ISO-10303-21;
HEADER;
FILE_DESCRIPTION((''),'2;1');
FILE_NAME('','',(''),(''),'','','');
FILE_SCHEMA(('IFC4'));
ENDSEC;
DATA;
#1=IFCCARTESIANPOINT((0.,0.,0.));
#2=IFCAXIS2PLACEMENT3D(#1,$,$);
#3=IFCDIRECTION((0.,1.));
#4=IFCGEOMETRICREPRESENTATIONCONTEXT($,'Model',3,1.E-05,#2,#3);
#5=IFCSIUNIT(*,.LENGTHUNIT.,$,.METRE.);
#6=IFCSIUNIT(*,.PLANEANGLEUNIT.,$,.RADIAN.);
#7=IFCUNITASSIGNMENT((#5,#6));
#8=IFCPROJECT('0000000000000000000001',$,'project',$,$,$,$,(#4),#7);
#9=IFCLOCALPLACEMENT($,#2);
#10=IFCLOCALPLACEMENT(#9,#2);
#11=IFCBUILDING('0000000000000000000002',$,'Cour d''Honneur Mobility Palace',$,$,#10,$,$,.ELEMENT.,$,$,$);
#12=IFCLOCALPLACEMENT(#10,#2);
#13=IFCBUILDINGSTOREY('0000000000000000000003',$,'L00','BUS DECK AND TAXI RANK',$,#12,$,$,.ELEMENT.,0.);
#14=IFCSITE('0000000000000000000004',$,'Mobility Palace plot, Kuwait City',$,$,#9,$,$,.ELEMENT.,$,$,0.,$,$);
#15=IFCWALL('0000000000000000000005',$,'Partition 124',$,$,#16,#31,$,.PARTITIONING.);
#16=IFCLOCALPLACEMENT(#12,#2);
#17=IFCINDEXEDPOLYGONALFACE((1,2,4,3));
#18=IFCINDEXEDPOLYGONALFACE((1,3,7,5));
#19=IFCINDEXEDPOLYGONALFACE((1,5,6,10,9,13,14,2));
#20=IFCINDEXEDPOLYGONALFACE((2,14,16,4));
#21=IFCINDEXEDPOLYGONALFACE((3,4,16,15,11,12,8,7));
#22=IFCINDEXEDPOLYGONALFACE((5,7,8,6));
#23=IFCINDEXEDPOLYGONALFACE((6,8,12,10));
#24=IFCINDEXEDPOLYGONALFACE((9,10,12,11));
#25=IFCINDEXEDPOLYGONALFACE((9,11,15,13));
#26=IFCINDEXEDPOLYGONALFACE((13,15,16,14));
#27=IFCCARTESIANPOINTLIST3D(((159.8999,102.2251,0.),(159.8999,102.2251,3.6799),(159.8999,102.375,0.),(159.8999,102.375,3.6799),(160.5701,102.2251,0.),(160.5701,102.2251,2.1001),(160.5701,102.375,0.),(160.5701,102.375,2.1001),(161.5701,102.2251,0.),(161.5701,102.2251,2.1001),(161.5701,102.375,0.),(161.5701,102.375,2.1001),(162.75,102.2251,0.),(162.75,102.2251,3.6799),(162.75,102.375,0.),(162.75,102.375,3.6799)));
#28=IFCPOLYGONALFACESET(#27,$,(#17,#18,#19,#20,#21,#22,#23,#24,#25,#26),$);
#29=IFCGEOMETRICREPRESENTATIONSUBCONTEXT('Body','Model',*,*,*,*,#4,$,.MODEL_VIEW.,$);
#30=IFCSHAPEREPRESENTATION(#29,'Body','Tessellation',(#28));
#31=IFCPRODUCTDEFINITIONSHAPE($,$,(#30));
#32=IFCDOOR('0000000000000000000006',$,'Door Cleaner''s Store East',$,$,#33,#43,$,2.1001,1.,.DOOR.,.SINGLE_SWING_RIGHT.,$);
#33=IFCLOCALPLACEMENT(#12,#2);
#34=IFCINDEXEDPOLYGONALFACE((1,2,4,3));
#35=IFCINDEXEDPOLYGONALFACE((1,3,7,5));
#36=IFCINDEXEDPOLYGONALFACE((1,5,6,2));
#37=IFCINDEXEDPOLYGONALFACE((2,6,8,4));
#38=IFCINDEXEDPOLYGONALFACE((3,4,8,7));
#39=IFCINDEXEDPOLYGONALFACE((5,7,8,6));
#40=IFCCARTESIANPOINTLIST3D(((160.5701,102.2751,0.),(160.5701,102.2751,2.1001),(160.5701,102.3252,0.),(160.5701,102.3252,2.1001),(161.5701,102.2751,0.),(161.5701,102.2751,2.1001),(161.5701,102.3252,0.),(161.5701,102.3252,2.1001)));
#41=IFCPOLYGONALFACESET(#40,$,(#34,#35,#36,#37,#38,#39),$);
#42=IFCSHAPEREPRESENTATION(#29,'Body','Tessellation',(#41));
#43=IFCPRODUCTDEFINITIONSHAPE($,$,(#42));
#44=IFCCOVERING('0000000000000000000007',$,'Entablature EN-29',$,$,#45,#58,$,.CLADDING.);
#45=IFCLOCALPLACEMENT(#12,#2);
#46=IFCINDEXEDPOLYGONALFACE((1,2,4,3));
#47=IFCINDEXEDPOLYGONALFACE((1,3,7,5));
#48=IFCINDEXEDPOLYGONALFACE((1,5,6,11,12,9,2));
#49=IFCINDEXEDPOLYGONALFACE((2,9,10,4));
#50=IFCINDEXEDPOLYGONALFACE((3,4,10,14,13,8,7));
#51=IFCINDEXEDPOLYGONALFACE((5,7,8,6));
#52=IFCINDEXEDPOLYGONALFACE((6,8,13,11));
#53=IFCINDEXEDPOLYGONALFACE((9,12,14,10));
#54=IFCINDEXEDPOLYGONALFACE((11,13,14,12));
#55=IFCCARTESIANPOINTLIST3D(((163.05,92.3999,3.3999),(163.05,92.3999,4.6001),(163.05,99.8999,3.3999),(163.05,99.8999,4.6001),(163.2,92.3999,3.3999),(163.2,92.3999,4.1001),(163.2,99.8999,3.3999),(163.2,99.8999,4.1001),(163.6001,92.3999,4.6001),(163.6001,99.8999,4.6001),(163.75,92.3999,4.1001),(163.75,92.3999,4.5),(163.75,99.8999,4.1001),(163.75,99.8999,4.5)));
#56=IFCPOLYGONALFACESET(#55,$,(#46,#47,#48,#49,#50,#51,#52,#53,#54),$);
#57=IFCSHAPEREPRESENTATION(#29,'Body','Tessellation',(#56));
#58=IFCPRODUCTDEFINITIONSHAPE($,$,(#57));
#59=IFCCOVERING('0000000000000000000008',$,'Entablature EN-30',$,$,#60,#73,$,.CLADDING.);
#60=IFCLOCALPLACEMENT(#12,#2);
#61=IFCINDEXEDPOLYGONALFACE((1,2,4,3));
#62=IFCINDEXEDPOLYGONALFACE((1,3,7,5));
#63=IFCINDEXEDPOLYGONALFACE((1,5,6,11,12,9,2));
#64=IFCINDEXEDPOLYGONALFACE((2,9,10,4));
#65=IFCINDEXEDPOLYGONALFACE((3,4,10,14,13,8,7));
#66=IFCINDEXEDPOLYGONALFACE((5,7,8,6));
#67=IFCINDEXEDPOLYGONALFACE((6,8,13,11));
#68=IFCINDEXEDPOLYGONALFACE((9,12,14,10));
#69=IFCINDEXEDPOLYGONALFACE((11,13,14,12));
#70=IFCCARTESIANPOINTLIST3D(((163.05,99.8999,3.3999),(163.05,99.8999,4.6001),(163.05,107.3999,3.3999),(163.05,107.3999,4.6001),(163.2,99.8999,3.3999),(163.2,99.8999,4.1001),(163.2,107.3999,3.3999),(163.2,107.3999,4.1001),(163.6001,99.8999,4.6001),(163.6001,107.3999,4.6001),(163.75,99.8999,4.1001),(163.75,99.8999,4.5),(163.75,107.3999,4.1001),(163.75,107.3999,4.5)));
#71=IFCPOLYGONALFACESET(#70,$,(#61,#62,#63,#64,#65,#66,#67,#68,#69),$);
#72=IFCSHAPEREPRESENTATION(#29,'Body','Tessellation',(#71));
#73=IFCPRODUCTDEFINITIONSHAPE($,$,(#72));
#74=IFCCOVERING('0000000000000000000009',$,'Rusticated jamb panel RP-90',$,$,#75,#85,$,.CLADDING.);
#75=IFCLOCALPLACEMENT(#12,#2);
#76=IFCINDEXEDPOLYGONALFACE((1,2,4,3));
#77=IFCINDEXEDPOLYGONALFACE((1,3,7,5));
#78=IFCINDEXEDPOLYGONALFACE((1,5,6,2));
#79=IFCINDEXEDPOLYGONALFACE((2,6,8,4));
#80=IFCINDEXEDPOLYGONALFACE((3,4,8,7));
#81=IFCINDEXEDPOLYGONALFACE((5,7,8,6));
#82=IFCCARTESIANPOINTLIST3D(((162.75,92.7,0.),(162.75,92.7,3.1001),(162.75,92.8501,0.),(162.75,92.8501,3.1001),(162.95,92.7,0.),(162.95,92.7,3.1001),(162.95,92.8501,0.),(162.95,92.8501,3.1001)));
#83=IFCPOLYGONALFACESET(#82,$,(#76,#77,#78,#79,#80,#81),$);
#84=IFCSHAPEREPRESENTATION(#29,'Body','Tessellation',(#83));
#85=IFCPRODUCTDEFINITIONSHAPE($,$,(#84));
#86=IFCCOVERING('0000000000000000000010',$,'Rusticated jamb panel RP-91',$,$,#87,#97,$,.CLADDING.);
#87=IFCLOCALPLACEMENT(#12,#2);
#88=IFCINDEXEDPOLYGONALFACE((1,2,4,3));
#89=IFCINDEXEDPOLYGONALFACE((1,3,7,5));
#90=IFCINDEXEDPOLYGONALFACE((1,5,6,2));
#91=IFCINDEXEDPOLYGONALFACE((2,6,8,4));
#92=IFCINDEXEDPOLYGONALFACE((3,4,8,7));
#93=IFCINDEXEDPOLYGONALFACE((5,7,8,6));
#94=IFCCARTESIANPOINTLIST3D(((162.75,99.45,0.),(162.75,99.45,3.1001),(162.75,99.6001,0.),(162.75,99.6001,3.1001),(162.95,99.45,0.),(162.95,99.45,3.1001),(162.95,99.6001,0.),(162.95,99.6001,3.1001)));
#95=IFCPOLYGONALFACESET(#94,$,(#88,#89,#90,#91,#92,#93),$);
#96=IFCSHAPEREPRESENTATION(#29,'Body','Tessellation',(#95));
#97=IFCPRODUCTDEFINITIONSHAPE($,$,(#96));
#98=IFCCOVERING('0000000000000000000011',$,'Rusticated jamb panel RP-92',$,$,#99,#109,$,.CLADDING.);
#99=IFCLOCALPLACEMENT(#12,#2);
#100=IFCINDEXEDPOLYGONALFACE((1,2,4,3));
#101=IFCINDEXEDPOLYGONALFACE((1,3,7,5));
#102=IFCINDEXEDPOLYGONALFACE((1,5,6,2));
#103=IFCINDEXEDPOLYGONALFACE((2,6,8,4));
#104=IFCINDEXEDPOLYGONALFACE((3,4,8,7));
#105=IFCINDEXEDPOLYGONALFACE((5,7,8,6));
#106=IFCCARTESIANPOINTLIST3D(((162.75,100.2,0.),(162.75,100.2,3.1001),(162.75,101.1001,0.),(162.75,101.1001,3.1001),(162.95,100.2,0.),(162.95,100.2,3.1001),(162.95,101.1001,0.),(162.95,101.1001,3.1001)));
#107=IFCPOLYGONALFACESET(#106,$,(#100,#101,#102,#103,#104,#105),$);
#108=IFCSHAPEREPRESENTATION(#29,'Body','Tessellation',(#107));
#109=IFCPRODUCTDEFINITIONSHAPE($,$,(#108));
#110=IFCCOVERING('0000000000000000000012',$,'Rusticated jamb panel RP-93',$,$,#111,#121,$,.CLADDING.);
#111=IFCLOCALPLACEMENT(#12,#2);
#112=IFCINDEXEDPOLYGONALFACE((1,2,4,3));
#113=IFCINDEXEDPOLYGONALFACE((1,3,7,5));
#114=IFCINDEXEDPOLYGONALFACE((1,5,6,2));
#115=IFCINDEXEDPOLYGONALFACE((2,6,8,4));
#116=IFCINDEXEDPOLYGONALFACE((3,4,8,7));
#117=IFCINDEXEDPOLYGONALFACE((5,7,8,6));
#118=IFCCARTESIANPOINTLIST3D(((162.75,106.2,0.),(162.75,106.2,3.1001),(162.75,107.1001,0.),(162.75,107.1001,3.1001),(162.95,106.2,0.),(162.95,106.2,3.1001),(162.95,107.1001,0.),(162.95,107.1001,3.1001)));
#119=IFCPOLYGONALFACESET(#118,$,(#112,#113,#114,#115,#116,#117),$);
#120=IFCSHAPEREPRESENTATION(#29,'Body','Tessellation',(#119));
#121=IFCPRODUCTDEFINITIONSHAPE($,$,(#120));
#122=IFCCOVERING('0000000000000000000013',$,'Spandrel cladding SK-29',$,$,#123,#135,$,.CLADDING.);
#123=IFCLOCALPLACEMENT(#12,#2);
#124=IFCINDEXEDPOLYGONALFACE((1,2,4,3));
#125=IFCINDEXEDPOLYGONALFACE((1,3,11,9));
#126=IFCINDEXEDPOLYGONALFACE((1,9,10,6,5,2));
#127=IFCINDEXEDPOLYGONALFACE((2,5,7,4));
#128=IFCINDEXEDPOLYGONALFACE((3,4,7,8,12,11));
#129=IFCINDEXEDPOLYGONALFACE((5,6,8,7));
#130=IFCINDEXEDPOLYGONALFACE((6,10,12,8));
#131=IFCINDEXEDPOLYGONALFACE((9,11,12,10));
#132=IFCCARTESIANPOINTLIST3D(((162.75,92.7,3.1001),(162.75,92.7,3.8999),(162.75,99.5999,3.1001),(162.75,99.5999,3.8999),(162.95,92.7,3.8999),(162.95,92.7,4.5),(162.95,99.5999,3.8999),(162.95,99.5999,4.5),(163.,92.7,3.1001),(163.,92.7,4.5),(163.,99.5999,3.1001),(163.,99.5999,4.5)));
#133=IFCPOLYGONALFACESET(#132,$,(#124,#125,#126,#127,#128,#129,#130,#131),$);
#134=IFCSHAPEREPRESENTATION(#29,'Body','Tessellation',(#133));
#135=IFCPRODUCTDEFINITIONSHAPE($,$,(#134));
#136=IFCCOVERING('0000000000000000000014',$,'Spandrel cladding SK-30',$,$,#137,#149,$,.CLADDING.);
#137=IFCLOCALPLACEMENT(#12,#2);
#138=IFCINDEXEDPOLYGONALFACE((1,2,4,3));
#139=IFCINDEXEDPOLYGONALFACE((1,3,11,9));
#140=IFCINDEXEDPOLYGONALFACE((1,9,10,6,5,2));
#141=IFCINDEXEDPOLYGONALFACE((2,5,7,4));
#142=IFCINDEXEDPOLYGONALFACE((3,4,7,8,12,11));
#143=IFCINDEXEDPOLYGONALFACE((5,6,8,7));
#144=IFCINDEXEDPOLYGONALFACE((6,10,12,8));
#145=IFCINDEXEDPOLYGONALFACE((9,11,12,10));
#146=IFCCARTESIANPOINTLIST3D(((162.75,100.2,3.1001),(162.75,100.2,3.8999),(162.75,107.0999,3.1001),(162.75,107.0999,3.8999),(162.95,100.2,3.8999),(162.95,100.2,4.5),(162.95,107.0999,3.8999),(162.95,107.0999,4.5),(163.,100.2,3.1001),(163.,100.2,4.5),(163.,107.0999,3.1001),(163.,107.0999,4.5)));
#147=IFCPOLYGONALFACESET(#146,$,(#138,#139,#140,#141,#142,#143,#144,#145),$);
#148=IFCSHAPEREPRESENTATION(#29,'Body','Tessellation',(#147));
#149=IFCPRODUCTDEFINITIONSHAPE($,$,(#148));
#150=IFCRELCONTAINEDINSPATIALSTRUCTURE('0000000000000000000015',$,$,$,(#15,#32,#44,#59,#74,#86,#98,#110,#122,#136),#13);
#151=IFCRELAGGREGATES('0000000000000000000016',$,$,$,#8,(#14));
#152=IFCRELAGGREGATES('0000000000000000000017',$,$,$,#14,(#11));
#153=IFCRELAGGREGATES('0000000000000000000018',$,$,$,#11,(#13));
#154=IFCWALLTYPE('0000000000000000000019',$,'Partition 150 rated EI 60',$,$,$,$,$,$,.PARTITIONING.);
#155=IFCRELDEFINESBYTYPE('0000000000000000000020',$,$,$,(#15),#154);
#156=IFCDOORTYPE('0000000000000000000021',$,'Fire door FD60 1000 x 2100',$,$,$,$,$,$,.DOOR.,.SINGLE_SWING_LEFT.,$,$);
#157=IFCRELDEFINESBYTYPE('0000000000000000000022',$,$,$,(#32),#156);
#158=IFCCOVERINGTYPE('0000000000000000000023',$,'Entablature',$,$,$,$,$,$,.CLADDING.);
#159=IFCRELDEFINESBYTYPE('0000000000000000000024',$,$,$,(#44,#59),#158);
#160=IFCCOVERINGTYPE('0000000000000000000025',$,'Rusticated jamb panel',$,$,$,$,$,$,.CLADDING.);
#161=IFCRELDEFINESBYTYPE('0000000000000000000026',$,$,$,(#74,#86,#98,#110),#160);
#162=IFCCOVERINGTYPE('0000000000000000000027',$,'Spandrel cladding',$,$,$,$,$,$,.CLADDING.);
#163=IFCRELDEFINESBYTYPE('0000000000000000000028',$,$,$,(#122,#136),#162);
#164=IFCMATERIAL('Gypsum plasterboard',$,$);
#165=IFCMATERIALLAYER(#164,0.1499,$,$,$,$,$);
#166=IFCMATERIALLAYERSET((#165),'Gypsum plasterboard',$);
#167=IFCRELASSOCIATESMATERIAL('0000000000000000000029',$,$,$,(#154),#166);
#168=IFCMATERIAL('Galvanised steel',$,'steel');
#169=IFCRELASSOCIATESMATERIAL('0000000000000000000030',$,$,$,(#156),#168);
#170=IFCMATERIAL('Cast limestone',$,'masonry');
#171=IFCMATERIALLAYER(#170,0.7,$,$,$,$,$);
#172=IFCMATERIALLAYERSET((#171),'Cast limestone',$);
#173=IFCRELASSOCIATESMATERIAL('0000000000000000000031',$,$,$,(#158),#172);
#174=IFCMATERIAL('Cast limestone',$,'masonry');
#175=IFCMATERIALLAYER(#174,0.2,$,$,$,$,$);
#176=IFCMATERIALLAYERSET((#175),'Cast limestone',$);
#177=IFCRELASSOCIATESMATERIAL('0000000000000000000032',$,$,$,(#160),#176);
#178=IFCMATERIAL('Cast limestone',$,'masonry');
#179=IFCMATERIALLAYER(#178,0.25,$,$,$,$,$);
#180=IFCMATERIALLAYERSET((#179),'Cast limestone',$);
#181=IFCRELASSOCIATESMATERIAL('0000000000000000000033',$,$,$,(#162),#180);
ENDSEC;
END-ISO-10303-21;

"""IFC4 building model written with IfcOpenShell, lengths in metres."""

from ifc_helpers import new_model, si_unit, direction, frame, frame_2d, origin, place, context, subcontext, project, spatial, polyline, rectangle, outline, extrude, material, layer, layer_set, type_object, element, fill, save


model = new_model("IFC4")

# Units and contexts
model_context = context("Model", 3, precision=1e-05, world=origin(), true_north=direction((0.0, 1.0)))
body_context = subcontext(model_context, "Body", "Model", "MODEL_VIEW")
ifc_project = project(units=[si_unit("LENGTHUNIT", "METRE"), si_unit("PLANEANGLEUNIT", "RADIAN")], contexts=[model_context])

# Site, building, storey
site_placement = place(None, origin())
site = spatial("IfcSite", under=ifc_project, at=site_placement, Name="Mobility Palace plot, Kuwait City", CompositionType="ELEMENT", RefElevation=0.0)
building_placement = place(site_placement, origin())
building = spatial("IfcBuilding", under=site, at=building_placement, Name="Cour d'Honneur Mobility Palace", CompositionType="ELEMENT")
storey_placement = place(building_placement, origin())
storey = spatial("IfcBuildingStorey", under=building, at=storey_placement, Name="L00", Description="BUS DECK AND TAXI RANK", CompositionType="ELEMENT", Elevation=0.0)

# Wall, opening, door
ifc_material_1 = material(Name="Gypsum plasterboard")
ifc_layer_1 = layer(ifc_material_1, 0.1499)
ifc_layer_set_1 = layer_set([ifc_layer_1], Name="Gypsum plasterboard")
wall_type_1 = type_object("IfcWallType", Name="Partition 150 rated EI 60", PredefinedType="PARTITIONING", material=ifc_layer_set_1)
wall_1_placement = place(storey_placement, frame((162.75, 102.3, 0.0), z_axis=(0.0, 0.0, 1.0), x_axis=(-1.0, 0.0, 0.0)))
wall_1 = element("IfcWall", 1, at=wall_1_placement, inside=storey, type_object=wall_type_1, Name="Partition 124", PredefinedType="PARTITIONING", context=body_context, shape_type="SweptSolid", body=[
    extrude(rectangle(XDim=2.8501, YDim=0.1499, at=frame_2d((1.425, 0.0))), origin(), (0.0, 0.0, 1.0), 3.6799),
])
opening_1_placement = place(wall_1_placement, frame((1.1799, 0.0, 0.0)))
opening_1 = element("IfcOpeningElement", 2, at=opening_1_placement, cuts=wall_1, PredefinedType="OPENING", context=body_context, shape_type="SweptSolid", body=[
    extrude(rectangle(XDim=1.0, YDim=2.1001, at=frame_2d((0.5, 1.05))), frame((0.0, 0.085, 0.0), z_axis=(0.0, -1.0, 0.0), x_axis=(1.0, 0.0, 0.0)), (0.0, 0.0, 1.0), 0.1699),
])
ifc_material_2 = material(Name="Galvanised steel", Category="steel")
door_type_1 = type_object("IfcDoorType", Name="Fire door FD60 1000 x 2100", OperationType="SINGLE_SWING_LEFT", PredefinedType="DOOR", material=ifc_material_2)
door_1_placement = place(opening_1_placement, origin())
door_1 = element("IfcDoor", 3, at=door_1_placement, inside=storey, type_object=door_type_1, Name="Door Cleaner's Store East", OperationType="SINGLE_SWING_RIGHT", OverallHeight=2.1001, OverallWidth=1.0, PredefinedType="DOOR", context=body_context, shape_type="SweptSolid", body=[
    extrude(rectangle(XDim=1.0, YDim=2.1001, at=frame_2d((0.5, 1.05))), frame((0.0, 0.0249, 0.0), z_axis=(0.0, -1.0, 0.0), x_axis=(1.0, 0.0, 0.0)), (0.0, 0.0, 1.0), 0.05),
])
fill(opening_1, door_1)

# Coverings
ifc_material_3 = material(Name="Cast limestone", Category="masonry")
ifc_layer_2 = layer(ifc_material_3, 0.7)
ifc_layer_set_2 = layer_set([ifc_layer_2], Name="Cast limestone")
covering_type_1 = type_object("IfcCoveringType", Name="Entablature", PredefinedType="CLADDING", material=ifc_layer_set_2)
for number, where, z_axis, x_axis, name in (
    (4, (163.05, 92.3999, 3.3999), (0.0, -1.0, 0.0), (1.0, 0.0, 0.0), "Entablature EN-29"),
    (5, (163.05, 99.8999, 3.3999), (0.0, -1.0, 0.0), (1.0, 0.0, 0.0), "Entablature EN-30"),
):
    element("IfcCovering", number, at=place(storey_placement, frame(where, z_axis=z_axis, x_axis=x_axis)), inside=storey, type_object=covering_type_1, Name=name, PredefinedType="CLADDING", context=body_context, shape_type="SweptSolid", body=[
        extrude(outline(polyline([(0.0, 0.0), (0.1499, 0.0), (0.1499, 0.7002), (0.7, 0.7002), (0.7, 1.1001), (0.55, 1.2002), (0.0, 1.2002), (0.0, 0.0)])), origin(), (0.0, 0.0, -1.0), 7.5),
    ])
ifc_material_4 = material(Name="Cast limestone", Category="masonry")
ifc_layer_3 = layer(ifc_material_4, 0.2)
ifc_layer_set_3 = layer_set([ifc_layer_3], Name="Cast limestone")
covering_type_2 = type_object("IfcCoveringType", Name="Rusticated jamb panel", PredefinedType="CLADDING", material=ifc_layer_set_3)
for number, where, z_axis, x_axis, name in (
    (6, (162.95, 92.7, 0.0), (1.0, 0.0, 0.0), (0.0, 1.0, 0.0), "Rusticated jamb panel RP-90"),
    (7, (162.95, 99.45, 0.0), (1.0, 0.0, 0.0), (0.0, 1.0, 0.0), "Rusticated jamb panel RP-91"),
):
    element("IfcCovering", number, at=place(storey_placement, frame(where, z_axis=z_axis, x_axis=x_axis)), inside=storey, type_object=covering_type_2, Name=name, PredefinedType="CLADDING", context=body_context, shape_type="SweptSolid", body=[
        extrude(outline(polyline([(0.0, 0.0), (0.1501, 0.0), (0.1501, 3.1001), (0.0, 3.1001), (0.0, 0.0)])), origin(), (0.0, 0.0, -1.0), 0.2),
    ])
for number, where, z_axis, x_axis, name in (
    (8, (162.95, 100.2, 0.0), (1.0, 0.0, 0.0), (0.0, 1.0, 0.0), "Rusticated jamb panel RP-92"),
    (9, (162.95, 106.2, 0.0), (1.0, 0.0, 0.0), (0.0, 1.0, 0.0), "Rusticated jamb panel RP-93"),
):
    element("IfcCovering", number, at=place(storey_placement, frame(where, z_axis=z_axis, x_axis=x_axis)), inside=storey, type_object=covering_type_2, Name=name, PredefinedType="CLADDING", context=body_context, shape_type="SweptSolid", body=[
        extrude(outline(polyline([(0.0, 0.0), (0.9001, 0.0), (0.9001, 3.1001), (0.0, 3.1001), (0.0, 0.0)])), origin(), (0.0, 0.0, -1.0), 0.2),
    ])
ifc_material_5 = material(Name="Cast limestone", Category="masonry")
ifc_layer_4 = layer(ifc_material_5, 0.25)
ifc_layer_set_4 = layer_set([ifc_layer_4], Name="Cast limestone")
covering_type_3 = type_object("IfcCoveringType", Name="Spandrel cladding", PredefinedType="CLADDING", material=ifc_layer_set_4)
for number, where, z_axis, x_axis, name in (
    (10, (162.75, 92.7, 3.1001), (0.0, -1.0, 0.0), (1.0, 0.0, 0.0), "Spandrel cladding SK-29"),
    (11, (162.75, 100.2, 3.1001), (0.0, -1.0, 0.0), (1.0, 0.0, 0.0), "Spandrel cladding SK-30"),
):
    element("IfcCovering", number, at=place(storey_placement, frame(where, z_axis=z_axis, x_axis=x_axis)), inside=storey, type_object=covering_type_3, Name=name, PredefinedType="CLADDING", context=body_context, shape_type="SweptSolid", body=[
        extrude(outline(polyline([(0.0, 0.0), (0.25, 0.0), (0.25, 1.3999), (0.2, 1.3999), (0.2, 0.7998), (0.0, 0.7998), (0.0, 0.0)])), origin(), (0.0, 0.0, -1.0), 6.8999),
    ])

save(model, "model.ifc")
